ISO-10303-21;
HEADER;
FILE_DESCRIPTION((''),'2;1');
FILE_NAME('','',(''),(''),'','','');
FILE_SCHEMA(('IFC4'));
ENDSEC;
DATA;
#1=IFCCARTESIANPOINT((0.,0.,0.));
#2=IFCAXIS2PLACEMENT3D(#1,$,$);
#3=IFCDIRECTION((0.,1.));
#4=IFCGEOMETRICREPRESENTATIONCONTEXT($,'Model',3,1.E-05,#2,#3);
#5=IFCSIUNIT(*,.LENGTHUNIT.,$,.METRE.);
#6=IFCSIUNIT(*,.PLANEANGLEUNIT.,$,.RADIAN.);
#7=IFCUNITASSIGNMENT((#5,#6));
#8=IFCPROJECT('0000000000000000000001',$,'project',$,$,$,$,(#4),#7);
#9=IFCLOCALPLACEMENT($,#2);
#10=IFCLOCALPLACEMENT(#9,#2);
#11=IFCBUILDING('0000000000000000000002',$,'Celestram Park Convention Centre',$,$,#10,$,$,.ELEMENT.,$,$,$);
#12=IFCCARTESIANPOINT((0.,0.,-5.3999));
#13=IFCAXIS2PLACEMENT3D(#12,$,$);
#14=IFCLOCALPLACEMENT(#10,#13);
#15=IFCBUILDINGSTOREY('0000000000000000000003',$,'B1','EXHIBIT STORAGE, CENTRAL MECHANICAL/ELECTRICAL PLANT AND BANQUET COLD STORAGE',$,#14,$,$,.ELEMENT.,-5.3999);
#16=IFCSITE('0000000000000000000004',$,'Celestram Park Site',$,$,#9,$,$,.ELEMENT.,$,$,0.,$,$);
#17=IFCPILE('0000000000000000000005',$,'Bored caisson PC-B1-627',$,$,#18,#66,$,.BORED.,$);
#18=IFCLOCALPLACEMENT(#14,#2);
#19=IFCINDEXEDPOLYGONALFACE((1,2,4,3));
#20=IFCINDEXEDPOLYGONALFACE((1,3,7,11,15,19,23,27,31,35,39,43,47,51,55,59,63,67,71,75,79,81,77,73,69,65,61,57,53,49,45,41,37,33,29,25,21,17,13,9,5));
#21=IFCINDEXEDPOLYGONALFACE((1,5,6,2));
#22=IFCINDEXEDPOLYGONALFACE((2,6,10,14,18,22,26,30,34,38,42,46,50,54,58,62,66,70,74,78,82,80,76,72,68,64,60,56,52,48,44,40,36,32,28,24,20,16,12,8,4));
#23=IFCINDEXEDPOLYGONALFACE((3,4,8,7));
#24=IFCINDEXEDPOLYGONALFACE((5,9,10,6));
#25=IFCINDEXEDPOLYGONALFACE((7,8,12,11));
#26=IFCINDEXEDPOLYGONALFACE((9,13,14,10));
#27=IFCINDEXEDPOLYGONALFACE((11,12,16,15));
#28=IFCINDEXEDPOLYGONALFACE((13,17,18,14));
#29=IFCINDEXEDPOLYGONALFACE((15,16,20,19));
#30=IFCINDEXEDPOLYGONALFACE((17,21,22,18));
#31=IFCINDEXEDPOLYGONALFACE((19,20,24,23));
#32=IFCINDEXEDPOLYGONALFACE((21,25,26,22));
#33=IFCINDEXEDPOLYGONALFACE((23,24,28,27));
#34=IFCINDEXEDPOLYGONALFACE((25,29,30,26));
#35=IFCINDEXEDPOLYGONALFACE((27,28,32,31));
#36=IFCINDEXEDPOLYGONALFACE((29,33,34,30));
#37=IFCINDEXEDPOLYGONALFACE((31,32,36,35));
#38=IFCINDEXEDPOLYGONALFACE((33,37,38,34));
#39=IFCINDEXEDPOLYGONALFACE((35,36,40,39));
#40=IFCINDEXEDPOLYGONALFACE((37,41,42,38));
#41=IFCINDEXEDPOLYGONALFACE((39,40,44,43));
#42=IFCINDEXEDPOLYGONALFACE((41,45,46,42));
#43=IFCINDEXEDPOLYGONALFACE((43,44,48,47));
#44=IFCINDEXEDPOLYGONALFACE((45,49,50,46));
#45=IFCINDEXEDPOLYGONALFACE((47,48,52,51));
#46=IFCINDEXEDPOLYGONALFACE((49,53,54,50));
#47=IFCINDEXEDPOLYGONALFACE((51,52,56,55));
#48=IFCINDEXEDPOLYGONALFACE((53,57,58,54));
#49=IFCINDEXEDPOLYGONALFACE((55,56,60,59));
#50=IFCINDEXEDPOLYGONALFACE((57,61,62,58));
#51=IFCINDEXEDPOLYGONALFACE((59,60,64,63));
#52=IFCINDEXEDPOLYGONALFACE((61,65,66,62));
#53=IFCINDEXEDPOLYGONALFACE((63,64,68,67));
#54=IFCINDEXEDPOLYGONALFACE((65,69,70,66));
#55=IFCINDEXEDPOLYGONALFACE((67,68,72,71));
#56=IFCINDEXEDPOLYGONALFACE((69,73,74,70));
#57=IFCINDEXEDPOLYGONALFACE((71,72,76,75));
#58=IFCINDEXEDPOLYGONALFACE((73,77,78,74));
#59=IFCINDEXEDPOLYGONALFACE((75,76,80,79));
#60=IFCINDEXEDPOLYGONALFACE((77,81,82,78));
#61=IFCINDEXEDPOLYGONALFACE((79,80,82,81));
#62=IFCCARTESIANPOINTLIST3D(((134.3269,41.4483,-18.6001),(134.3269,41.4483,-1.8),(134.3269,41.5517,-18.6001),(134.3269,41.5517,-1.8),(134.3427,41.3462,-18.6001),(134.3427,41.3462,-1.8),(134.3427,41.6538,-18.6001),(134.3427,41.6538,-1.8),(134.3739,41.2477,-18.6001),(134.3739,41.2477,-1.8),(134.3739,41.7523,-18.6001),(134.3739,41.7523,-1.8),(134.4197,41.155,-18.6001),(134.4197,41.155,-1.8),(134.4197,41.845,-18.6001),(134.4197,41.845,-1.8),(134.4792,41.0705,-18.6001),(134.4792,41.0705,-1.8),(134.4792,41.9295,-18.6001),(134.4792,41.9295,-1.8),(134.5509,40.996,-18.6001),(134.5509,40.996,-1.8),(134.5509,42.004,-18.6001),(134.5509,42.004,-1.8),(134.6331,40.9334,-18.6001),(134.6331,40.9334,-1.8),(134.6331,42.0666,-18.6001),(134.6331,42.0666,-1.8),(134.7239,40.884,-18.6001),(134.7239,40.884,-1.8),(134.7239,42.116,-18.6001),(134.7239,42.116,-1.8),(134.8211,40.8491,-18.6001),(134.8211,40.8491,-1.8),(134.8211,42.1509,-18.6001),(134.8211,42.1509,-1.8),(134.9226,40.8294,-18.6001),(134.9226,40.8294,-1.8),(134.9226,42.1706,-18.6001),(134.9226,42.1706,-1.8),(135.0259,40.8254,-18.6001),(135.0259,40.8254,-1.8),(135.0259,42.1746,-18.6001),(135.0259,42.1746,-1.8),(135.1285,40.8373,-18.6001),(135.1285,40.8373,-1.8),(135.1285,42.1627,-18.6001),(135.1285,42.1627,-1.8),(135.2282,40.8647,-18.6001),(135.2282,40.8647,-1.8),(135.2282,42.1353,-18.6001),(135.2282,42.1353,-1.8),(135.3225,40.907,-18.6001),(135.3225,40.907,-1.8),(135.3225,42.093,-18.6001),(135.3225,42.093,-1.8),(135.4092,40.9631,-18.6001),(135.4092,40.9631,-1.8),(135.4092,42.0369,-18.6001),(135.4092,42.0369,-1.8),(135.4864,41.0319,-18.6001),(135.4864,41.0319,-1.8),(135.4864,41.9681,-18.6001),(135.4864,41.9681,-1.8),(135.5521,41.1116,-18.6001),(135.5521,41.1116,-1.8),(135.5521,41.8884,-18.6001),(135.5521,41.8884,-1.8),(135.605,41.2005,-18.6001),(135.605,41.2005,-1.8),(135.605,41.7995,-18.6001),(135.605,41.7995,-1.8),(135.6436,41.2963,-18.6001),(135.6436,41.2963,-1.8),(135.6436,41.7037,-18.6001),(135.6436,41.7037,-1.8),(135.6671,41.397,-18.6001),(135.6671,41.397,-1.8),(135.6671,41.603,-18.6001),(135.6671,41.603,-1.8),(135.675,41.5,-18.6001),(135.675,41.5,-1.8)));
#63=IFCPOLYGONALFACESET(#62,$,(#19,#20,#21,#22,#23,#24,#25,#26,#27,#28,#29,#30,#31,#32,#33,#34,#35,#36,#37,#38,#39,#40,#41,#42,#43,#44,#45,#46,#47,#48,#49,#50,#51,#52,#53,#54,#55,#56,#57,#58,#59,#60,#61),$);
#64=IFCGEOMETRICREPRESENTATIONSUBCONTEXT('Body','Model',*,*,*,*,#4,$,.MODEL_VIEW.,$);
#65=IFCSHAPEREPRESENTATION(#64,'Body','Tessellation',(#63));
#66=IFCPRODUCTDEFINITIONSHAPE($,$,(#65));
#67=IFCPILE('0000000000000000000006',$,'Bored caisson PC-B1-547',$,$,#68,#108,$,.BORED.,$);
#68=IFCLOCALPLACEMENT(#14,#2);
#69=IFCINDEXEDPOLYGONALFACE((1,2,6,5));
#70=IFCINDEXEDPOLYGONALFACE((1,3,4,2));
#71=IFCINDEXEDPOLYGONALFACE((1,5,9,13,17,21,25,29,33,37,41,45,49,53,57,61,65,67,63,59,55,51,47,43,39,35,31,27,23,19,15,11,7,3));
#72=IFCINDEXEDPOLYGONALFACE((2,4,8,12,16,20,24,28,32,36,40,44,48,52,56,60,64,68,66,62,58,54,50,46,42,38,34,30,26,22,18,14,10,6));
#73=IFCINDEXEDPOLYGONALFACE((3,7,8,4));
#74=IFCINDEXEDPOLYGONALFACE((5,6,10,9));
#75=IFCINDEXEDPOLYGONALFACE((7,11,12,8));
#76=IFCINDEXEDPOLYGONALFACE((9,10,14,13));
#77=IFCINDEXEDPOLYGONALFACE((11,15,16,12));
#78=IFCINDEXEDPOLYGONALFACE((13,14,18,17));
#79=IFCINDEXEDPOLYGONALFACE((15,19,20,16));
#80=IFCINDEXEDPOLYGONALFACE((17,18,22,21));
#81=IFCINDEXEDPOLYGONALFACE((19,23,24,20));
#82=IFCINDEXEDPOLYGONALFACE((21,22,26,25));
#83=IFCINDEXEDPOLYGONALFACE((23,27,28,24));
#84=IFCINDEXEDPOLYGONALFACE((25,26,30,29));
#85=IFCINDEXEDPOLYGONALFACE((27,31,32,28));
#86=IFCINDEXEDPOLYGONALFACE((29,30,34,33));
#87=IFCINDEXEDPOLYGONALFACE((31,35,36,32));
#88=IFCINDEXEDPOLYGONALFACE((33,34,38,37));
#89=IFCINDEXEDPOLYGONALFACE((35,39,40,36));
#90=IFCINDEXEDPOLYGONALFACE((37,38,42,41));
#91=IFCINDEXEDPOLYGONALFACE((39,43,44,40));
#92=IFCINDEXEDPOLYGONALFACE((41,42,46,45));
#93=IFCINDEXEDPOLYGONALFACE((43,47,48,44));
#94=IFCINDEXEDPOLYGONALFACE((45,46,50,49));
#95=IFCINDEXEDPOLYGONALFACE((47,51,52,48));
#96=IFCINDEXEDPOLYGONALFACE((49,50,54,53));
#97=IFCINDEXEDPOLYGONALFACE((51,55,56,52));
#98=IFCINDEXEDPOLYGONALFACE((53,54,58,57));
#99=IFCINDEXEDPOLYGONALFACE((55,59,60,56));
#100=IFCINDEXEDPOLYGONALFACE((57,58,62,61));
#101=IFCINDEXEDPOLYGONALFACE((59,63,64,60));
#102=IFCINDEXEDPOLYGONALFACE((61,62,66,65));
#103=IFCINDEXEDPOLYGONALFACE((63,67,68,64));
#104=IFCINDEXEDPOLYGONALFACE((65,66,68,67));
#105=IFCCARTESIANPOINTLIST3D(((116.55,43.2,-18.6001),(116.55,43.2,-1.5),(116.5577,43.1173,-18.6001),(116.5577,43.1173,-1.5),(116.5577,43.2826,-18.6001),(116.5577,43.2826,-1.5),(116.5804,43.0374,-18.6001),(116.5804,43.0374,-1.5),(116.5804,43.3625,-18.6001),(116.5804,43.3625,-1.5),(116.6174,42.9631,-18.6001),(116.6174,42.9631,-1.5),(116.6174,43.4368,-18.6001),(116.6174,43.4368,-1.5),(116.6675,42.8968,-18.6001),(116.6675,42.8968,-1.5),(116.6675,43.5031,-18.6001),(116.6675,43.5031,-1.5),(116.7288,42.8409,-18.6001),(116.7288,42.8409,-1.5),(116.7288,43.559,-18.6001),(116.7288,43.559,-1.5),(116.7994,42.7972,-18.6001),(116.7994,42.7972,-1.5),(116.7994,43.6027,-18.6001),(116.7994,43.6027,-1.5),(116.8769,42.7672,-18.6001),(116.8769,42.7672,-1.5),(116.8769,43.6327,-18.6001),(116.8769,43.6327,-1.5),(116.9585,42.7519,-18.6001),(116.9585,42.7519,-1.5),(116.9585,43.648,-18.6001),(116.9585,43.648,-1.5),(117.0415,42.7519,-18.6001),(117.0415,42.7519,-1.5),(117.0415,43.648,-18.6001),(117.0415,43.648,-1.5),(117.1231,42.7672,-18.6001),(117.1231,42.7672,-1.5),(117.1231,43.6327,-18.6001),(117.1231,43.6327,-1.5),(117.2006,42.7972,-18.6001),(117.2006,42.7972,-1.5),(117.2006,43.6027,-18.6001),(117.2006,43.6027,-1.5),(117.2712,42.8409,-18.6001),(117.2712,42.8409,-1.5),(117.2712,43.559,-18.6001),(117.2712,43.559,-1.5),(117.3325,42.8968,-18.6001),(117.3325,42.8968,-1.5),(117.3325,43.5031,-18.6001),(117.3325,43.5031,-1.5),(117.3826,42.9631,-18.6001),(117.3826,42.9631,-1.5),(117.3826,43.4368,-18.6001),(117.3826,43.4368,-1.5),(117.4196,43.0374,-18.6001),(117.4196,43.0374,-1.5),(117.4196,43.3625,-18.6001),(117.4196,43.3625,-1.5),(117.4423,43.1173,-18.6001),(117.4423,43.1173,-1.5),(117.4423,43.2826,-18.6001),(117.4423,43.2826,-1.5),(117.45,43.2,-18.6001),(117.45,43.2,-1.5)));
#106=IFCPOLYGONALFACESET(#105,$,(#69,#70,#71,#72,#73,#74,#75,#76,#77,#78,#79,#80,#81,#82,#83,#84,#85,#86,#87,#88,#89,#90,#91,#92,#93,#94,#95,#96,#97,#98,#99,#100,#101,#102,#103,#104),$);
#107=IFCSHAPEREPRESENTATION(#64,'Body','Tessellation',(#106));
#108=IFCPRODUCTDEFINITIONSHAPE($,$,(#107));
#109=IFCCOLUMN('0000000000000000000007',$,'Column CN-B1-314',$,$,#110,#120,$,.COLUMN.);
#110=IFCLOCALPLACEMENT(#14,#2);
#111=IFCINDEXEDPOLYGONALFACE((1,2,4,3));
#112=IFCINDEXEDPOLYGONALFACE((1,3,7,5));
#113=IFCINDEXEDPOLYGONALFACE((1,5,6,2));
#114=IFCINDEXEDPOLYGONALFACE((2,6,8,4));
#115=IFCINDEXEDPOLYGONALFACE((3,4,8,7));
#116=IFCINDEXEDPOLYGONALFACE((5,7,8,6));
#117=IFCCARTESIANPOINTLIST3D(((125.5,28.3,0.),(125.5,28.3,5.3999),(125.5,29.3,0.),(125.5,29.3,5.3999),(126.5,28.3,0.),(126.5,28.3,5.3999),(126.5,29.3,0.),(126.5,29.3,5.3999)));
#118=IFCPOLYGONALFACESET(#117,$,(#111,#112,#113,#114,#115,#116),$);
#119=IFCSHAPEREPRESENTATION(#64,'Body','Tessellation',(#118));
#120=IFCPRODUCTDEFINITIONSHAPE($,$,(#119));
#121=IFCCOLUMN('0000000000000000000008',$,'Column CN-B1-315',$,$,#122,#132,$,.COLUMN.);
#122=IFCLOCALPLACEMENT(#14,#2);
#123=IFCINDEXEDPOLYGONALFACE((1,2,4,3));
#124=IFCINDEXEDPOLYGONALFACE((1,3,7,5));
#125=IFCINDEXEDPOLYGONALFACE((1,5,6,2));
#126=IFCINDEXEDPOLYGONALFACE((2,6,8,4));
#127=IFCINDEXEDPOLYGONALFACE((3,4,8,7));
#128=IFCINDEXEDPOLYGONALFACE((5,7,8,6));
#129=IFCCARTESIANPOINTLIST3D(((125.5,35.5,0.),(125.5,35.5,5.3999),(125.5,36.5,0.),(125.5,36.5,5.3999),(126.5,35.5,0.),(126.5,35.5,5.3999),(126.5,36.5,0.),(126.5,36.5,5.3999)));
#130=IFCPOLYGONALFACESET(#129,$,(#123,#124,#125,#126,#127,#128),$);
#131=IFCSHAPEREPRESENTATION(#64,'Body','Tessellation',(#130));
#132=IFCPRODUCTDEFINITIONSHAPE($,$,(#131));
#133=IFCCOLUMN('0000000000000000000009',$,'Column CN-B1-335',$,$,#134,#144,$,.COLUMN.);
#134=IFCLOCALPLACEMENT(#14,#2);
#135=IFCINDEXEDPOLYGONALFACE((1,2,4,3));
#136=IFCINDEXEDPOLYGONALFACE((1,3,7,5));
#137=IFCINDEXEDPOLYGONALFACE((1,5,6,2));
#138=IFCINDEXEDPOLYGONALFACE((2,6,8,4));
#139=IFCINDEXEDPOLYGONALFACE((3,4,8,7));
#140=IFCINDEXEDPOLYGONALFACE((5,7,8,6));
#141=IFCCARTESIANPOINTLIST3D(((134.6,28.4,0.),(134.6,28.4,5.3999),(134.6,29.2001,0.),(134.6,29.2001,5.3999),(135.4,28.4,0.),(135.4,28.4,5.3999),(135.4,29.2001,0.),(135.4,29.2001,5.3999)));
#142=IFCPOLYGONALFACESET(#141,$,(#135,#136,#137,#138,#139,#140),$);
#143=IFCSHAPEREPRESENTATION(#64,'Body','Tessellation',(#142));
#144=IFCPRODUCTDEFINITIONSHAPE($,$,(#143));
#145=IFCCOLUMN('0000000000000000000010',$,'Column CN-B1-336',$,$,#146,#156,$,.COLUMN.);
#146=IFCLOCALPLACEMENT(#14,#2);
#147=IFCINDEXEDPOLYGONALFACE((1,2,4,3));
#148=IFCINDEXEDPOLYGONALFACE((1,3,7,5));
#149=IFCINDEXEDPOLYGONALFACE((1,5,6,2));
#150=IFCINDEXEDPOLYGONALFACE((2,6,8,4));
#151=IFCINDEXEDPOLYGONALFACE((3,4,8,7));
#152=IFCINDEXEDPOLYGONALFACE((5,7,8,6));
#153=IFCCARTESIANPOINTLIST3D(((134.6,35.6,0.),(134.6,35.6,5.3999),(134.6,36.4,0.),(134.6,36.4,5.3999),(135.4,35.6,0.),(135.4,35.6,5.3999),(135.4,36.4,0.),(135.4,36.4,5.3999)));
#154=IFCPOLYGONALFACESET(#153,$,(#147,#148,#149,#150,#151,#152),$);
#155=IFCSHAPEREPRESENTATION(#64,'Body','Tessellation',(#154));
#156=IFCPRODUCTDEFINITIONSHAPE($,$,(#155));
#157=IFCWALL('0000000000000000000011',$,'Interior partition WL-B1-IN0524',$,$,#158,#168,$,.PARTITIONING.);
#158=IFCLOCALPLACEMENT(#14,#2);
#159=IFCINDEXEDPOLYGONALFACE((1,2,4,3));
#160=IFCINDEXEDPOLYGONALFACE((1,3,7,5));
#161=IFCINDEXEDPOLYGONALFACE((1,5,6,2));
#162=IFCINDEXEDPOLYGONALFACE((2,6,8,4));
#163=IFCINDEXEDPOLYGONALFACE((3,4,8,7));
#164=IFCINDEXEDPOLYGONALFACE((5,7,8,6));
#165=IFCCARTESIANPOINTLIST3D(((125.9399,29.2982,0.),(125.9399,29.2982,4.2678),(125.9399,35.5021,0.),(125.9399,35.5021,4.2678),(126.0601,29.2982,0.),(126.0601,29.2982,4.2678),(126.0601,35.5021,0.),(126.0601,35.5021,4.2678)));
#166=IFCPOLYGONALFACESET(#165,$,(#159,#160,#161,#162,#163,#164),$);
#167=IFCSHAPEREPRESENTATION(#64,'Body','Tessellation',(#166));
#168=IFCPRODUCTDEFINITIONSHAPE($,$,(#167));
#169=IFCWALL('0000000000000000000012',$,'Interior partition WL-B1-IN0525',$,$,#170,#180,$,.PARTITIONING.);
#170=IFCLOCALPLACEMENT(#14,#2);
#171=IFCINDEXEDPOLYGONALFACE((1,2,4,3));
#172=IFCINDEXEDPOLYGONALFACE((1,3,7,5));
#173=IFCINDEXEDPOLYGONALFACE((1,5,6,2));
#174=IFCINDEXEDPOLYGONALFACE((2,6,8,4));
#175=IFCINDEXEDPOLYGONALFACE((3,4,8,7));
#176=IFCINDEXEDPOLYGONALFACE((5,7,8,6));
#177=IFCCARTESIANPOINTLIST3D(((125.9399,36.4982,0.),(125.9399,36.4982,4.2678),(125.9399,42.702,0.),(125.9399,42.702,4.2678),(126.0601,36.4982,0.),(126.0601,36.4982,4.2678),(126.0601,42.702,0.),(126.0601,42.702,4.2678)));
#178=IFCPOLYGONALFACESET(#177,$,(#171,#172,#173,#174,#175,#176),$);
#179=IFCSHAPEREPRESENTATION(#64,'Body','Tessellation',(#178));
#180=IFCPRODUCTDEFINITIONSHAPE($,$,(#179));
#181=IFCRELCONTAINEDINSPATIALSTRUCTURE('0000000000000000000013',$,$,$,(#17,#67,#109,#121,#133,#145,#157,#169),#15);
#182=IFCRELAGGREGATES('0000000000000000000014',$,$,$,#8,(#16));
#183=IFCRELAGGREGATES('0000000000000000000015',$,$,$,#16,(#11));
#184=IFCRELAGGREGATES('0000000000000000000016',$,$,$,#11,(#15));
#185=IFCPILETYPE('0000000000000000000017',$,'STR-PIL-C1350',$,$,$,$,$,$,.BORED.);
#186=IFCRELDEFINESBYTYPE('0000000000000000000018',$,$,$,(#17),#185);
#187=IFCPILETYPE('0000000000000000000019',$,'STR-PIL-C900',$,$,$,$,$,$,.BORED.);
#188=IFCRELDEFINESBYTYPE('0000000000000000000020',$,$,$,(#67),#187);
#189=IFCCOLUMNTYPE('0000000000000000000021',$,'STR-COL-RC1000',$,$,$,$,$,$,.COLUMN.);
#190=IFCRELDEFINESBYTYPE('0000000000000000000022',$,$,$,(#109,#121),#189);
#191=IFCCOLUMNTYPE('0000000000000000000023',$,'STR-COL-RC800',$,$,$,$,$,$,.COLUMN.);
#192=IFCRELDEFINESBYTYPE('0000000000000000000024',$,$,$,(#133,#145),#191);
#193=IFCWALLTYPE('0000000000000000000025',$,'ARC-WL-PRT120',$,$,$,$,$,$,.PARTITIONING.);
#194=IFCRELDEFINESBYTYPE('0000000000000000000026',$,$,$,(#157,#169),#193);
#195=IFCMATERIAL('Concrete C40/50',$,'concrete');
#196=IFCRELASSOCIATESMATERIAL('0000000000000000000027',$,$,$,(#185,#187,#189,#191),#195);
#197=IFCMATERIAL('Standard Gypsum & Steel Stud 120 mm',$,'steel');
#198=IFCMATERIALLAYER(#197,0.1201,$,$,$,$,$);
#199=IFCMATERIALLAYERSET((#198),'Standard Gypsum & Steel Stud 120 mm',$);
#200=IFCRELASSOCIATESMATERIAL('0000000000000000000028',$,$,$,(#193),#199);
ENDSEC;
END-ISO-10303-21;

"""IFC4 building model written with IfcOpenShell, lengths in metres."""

from ifc_helpers import new_model, si_unit, direction, frame, frame_2d, origin, origin_2d, place, context, subcontext, project, spatial, rectangle, circle, extrude, material, layer, layer_set, material_profile, profile_set, type_object, element, save


model = new_model("IFC4")

# Units and contexts
model_context = context("Model", 3, precision=1e-05, world=origin(), true_north=direction((0.0, 1.0)))
body_context = subcontext(model_context, "Body", "Model", "MODEL_VIEW")
ifc_project = project(units=[si_unit("LENGTHUNIT", "METRE"), si_unit("PLANEANGLEUNIT", "RADIAN")], contexts=[model_context])

# Site, building, storey
site_placement = place(None, origin())
site = spatial("IfcSite", under=ifc_project, at=site_placement, Name="Celestram Park Site", CompositionType="ELEMENT", RefElevation=0.0)
building_placement = place(site_placement, origin())
building = spatial("IfcBuilding", under=site, at=building_placement, Name="Celestram Park Convention Centre", CompositionType="ELEMENT")
storey_placement = place(building_placement, frame((0.0, 0.0, -5.3999)))
storey = spatial("IfcBuildingStorey", under=building, at=storey_placement, Name="B1", Description="EXHIBIT STORAGE, CENTRAL MECHANICAL/ELECTRICAL PLANT AND BANQUET COLD STORAGE", CompositionType="ELEMENT", Elevation=-5.3999)

# Shared definitions
ifc_material_1 = material(Name="Concrete C40/50", Category="concrete")

# Piles
ifc_material_profile_1 = material_profile(ifc_material_1, circle(Radius=0.675, at=origin_2d()), Name="CAISSON1350")
ifc_profile_set_1 = profile_set([ifc_material_profile_1], Name="Concrete C40/50")
pile_type_1 = type_object("IfcPileType", Name="STR-PIL-C1350", PredefinedType="BORED", material=ifc_profile_set_1)
pile_1_placement = place(storey_placement, frame((135.0, 41.5, -1.8), z_axis=(0.0, 0.0, -1.0), x_axis=(1.0, 0.0, 0.0)))
element("IfcPile", 1, at=pile_1_placement, inside=storey, type_object=pile_type_1, Name="Bored caisson PC-B1-627", PredefinedType="BORED", context=body_context, shape_type="SweptSolid", body=[
    extrude(circle(Radius=0.675, at=origin_2d()), origin(), (0.0, 0.0, 1.0), 16.8),
])
ifc_material_profile_2 = material_profile(ifc_material_1, circle(Radius=0.45, at=origin_2d()), Name="CAISSON900")
ifc_profile_set_2 = profile_set([ifc_material_profile_2], Name="Concrete C40/50")
pile_type_2 = type_object("IfcPileType", Name="STR-PIL-C900", PredefinedType="BORED", material=ifc_profile_set_2)
pile_2_placement = place(storey_placement, frame((117.0, 43.2, -1.5), z_axis=(0.0, 0.0, -1.0), x_axis=(1.0, 0.0, 0.0)))
element("IfcPile", 2, at=pile_2_placement, inside=storey, type_object=pile_type_2, Name="Bored caisson PC-B1-547", PredefinedType="BORED", context=body_context, shape_type="SweptSolid", body=[
    extrude(circle(Radius=0.45, at=origin_2d()), origin(), (0.0, 0.0, 1.0), 17.1001),
])

# Columns
ifc_material_profile_3 = material_profile(ifc_material_1, rectangle(XDim=1.0, YDim=1.0, at=origin_2d()), Name="RC1000X1000")
ifc_profile_set_3 = profile_set([ifc_material_profile_3], Name="Concrete C40/50")
column_type_1 = type_object("IfcColumnType", Name="STR-COL-RC1000", PredefinedType="COLUMN", material=ifc_profile_set_3)
for number, where, z_axis, x_axis, name in (
    (3, (126.0, 28.8, 0.0), (0.0, 0.0, 1.0), (1.0, 0.0, 0.0), "Column CN-B1-314"),
    (4, (126.0, 36.0, 0.0), (0.0, 0.0, 1.0), (1.0, 0.0, 0.0), "Column CN-B1-315"),
):
    element("IfcColumn", number, at=place(storey_placement, frame(where, z_axis=z_axis, x_axis=x_axis)), inside=storey, type_object=column_type_1, Name=name, PredefinedType="COLUMN", context=body_context, shape_type="SweptSolid", body=[
        extrude(rectangle(XDim=1.0, YDim=1.0, at=origin_2d()), origin(), (0.0, 0.0, 1.0), 5.3999),
    ])
ifc_material_profile_4 = material_profile(ifc_material_1, rectangle(XDim=0.8, YDim=0.8, at=origin_2d()), Name="RC800X800")
ifc_profile_set_4 = profile_set([ifc_material_profile_4], Name="Concrete C40/50")
column_type_2 = type_object("IfcColumnType", Name="STR-COL-RC800", PredefinedType="COLUMN", material=ifc_profile_set_4)
for number, where, z_axis, x_axis, name in (
    (5, (135.0, 28.8, 0.0), (0.0, 0.0, 1.0), (1.0, 0.0, 0.0), "Column CN-B1-335"),
    (6, (135.0, 36.0, 0.0), (0.0, 0.0, 1.0), (1.0, 0.0, 0.0), "Column CN-B1-336"),
):
    element("IfcColumn", number, at=place(storey_placement, frame(where, z_axis=z_axis, x_axis=x_axis)), inside=storey, type_object=column_type_2, Name=name, PredefinedType="COLUMN", context=body_context, shape_type="SweptSolid", body=[
        extrude(rectangle(XDim=0.8, YDim=0.8, at=origin_2d()), origin(), (0.0, 0.0, 1.0), 5.3999),
    ])

# Walls
ifc_material_2 = material(Name="Standard Gypsum & Steel Stud 120 mm", Category="steel")
ifc_layer = layer(ifc_material_2, 0.1201)
ifc_layer_set = layer_set([ifc_layer], Name="Standard Gypsum & Steel Stud 120 mm")
wall_type = type_object("IfcWallType", Name="ARC-WL-PRT120", PredefinedType="PARTITIONING", material=ifc_layer_set)
for number, where, z_axis, x_axis, name in (
    (7, (126.0, 29.2981, 0.0), (0.0, 0.0, 1.0), (0.0, 1.0, 0.0), "Interior partition WL-B1-IN0524"),
    (8, (126.0, 36.498, 0.0), (0.0, 0.0, 1.0), (0.0, 1.0, 0.0), "Interior partition WL-B1-IN0525"),
):
    element("IfcWall", number, at=place(storey_placement, frame(where, z_axis=z_axis, x_axis=x_axis)), inside=storey, type_object=wall_type, Name=name, PredefinedType="PARTITIONING", context=body_context, shape_type="SweptSolid", body=[
        extrude(rectangle(XDim=6.2039, YDim=0.1201, at=frame_2d((3.1021, 0.0))), origin(), (0.0, 0.0, 1.0), 4.2678),
    ])

save(model, "model.ifc")
